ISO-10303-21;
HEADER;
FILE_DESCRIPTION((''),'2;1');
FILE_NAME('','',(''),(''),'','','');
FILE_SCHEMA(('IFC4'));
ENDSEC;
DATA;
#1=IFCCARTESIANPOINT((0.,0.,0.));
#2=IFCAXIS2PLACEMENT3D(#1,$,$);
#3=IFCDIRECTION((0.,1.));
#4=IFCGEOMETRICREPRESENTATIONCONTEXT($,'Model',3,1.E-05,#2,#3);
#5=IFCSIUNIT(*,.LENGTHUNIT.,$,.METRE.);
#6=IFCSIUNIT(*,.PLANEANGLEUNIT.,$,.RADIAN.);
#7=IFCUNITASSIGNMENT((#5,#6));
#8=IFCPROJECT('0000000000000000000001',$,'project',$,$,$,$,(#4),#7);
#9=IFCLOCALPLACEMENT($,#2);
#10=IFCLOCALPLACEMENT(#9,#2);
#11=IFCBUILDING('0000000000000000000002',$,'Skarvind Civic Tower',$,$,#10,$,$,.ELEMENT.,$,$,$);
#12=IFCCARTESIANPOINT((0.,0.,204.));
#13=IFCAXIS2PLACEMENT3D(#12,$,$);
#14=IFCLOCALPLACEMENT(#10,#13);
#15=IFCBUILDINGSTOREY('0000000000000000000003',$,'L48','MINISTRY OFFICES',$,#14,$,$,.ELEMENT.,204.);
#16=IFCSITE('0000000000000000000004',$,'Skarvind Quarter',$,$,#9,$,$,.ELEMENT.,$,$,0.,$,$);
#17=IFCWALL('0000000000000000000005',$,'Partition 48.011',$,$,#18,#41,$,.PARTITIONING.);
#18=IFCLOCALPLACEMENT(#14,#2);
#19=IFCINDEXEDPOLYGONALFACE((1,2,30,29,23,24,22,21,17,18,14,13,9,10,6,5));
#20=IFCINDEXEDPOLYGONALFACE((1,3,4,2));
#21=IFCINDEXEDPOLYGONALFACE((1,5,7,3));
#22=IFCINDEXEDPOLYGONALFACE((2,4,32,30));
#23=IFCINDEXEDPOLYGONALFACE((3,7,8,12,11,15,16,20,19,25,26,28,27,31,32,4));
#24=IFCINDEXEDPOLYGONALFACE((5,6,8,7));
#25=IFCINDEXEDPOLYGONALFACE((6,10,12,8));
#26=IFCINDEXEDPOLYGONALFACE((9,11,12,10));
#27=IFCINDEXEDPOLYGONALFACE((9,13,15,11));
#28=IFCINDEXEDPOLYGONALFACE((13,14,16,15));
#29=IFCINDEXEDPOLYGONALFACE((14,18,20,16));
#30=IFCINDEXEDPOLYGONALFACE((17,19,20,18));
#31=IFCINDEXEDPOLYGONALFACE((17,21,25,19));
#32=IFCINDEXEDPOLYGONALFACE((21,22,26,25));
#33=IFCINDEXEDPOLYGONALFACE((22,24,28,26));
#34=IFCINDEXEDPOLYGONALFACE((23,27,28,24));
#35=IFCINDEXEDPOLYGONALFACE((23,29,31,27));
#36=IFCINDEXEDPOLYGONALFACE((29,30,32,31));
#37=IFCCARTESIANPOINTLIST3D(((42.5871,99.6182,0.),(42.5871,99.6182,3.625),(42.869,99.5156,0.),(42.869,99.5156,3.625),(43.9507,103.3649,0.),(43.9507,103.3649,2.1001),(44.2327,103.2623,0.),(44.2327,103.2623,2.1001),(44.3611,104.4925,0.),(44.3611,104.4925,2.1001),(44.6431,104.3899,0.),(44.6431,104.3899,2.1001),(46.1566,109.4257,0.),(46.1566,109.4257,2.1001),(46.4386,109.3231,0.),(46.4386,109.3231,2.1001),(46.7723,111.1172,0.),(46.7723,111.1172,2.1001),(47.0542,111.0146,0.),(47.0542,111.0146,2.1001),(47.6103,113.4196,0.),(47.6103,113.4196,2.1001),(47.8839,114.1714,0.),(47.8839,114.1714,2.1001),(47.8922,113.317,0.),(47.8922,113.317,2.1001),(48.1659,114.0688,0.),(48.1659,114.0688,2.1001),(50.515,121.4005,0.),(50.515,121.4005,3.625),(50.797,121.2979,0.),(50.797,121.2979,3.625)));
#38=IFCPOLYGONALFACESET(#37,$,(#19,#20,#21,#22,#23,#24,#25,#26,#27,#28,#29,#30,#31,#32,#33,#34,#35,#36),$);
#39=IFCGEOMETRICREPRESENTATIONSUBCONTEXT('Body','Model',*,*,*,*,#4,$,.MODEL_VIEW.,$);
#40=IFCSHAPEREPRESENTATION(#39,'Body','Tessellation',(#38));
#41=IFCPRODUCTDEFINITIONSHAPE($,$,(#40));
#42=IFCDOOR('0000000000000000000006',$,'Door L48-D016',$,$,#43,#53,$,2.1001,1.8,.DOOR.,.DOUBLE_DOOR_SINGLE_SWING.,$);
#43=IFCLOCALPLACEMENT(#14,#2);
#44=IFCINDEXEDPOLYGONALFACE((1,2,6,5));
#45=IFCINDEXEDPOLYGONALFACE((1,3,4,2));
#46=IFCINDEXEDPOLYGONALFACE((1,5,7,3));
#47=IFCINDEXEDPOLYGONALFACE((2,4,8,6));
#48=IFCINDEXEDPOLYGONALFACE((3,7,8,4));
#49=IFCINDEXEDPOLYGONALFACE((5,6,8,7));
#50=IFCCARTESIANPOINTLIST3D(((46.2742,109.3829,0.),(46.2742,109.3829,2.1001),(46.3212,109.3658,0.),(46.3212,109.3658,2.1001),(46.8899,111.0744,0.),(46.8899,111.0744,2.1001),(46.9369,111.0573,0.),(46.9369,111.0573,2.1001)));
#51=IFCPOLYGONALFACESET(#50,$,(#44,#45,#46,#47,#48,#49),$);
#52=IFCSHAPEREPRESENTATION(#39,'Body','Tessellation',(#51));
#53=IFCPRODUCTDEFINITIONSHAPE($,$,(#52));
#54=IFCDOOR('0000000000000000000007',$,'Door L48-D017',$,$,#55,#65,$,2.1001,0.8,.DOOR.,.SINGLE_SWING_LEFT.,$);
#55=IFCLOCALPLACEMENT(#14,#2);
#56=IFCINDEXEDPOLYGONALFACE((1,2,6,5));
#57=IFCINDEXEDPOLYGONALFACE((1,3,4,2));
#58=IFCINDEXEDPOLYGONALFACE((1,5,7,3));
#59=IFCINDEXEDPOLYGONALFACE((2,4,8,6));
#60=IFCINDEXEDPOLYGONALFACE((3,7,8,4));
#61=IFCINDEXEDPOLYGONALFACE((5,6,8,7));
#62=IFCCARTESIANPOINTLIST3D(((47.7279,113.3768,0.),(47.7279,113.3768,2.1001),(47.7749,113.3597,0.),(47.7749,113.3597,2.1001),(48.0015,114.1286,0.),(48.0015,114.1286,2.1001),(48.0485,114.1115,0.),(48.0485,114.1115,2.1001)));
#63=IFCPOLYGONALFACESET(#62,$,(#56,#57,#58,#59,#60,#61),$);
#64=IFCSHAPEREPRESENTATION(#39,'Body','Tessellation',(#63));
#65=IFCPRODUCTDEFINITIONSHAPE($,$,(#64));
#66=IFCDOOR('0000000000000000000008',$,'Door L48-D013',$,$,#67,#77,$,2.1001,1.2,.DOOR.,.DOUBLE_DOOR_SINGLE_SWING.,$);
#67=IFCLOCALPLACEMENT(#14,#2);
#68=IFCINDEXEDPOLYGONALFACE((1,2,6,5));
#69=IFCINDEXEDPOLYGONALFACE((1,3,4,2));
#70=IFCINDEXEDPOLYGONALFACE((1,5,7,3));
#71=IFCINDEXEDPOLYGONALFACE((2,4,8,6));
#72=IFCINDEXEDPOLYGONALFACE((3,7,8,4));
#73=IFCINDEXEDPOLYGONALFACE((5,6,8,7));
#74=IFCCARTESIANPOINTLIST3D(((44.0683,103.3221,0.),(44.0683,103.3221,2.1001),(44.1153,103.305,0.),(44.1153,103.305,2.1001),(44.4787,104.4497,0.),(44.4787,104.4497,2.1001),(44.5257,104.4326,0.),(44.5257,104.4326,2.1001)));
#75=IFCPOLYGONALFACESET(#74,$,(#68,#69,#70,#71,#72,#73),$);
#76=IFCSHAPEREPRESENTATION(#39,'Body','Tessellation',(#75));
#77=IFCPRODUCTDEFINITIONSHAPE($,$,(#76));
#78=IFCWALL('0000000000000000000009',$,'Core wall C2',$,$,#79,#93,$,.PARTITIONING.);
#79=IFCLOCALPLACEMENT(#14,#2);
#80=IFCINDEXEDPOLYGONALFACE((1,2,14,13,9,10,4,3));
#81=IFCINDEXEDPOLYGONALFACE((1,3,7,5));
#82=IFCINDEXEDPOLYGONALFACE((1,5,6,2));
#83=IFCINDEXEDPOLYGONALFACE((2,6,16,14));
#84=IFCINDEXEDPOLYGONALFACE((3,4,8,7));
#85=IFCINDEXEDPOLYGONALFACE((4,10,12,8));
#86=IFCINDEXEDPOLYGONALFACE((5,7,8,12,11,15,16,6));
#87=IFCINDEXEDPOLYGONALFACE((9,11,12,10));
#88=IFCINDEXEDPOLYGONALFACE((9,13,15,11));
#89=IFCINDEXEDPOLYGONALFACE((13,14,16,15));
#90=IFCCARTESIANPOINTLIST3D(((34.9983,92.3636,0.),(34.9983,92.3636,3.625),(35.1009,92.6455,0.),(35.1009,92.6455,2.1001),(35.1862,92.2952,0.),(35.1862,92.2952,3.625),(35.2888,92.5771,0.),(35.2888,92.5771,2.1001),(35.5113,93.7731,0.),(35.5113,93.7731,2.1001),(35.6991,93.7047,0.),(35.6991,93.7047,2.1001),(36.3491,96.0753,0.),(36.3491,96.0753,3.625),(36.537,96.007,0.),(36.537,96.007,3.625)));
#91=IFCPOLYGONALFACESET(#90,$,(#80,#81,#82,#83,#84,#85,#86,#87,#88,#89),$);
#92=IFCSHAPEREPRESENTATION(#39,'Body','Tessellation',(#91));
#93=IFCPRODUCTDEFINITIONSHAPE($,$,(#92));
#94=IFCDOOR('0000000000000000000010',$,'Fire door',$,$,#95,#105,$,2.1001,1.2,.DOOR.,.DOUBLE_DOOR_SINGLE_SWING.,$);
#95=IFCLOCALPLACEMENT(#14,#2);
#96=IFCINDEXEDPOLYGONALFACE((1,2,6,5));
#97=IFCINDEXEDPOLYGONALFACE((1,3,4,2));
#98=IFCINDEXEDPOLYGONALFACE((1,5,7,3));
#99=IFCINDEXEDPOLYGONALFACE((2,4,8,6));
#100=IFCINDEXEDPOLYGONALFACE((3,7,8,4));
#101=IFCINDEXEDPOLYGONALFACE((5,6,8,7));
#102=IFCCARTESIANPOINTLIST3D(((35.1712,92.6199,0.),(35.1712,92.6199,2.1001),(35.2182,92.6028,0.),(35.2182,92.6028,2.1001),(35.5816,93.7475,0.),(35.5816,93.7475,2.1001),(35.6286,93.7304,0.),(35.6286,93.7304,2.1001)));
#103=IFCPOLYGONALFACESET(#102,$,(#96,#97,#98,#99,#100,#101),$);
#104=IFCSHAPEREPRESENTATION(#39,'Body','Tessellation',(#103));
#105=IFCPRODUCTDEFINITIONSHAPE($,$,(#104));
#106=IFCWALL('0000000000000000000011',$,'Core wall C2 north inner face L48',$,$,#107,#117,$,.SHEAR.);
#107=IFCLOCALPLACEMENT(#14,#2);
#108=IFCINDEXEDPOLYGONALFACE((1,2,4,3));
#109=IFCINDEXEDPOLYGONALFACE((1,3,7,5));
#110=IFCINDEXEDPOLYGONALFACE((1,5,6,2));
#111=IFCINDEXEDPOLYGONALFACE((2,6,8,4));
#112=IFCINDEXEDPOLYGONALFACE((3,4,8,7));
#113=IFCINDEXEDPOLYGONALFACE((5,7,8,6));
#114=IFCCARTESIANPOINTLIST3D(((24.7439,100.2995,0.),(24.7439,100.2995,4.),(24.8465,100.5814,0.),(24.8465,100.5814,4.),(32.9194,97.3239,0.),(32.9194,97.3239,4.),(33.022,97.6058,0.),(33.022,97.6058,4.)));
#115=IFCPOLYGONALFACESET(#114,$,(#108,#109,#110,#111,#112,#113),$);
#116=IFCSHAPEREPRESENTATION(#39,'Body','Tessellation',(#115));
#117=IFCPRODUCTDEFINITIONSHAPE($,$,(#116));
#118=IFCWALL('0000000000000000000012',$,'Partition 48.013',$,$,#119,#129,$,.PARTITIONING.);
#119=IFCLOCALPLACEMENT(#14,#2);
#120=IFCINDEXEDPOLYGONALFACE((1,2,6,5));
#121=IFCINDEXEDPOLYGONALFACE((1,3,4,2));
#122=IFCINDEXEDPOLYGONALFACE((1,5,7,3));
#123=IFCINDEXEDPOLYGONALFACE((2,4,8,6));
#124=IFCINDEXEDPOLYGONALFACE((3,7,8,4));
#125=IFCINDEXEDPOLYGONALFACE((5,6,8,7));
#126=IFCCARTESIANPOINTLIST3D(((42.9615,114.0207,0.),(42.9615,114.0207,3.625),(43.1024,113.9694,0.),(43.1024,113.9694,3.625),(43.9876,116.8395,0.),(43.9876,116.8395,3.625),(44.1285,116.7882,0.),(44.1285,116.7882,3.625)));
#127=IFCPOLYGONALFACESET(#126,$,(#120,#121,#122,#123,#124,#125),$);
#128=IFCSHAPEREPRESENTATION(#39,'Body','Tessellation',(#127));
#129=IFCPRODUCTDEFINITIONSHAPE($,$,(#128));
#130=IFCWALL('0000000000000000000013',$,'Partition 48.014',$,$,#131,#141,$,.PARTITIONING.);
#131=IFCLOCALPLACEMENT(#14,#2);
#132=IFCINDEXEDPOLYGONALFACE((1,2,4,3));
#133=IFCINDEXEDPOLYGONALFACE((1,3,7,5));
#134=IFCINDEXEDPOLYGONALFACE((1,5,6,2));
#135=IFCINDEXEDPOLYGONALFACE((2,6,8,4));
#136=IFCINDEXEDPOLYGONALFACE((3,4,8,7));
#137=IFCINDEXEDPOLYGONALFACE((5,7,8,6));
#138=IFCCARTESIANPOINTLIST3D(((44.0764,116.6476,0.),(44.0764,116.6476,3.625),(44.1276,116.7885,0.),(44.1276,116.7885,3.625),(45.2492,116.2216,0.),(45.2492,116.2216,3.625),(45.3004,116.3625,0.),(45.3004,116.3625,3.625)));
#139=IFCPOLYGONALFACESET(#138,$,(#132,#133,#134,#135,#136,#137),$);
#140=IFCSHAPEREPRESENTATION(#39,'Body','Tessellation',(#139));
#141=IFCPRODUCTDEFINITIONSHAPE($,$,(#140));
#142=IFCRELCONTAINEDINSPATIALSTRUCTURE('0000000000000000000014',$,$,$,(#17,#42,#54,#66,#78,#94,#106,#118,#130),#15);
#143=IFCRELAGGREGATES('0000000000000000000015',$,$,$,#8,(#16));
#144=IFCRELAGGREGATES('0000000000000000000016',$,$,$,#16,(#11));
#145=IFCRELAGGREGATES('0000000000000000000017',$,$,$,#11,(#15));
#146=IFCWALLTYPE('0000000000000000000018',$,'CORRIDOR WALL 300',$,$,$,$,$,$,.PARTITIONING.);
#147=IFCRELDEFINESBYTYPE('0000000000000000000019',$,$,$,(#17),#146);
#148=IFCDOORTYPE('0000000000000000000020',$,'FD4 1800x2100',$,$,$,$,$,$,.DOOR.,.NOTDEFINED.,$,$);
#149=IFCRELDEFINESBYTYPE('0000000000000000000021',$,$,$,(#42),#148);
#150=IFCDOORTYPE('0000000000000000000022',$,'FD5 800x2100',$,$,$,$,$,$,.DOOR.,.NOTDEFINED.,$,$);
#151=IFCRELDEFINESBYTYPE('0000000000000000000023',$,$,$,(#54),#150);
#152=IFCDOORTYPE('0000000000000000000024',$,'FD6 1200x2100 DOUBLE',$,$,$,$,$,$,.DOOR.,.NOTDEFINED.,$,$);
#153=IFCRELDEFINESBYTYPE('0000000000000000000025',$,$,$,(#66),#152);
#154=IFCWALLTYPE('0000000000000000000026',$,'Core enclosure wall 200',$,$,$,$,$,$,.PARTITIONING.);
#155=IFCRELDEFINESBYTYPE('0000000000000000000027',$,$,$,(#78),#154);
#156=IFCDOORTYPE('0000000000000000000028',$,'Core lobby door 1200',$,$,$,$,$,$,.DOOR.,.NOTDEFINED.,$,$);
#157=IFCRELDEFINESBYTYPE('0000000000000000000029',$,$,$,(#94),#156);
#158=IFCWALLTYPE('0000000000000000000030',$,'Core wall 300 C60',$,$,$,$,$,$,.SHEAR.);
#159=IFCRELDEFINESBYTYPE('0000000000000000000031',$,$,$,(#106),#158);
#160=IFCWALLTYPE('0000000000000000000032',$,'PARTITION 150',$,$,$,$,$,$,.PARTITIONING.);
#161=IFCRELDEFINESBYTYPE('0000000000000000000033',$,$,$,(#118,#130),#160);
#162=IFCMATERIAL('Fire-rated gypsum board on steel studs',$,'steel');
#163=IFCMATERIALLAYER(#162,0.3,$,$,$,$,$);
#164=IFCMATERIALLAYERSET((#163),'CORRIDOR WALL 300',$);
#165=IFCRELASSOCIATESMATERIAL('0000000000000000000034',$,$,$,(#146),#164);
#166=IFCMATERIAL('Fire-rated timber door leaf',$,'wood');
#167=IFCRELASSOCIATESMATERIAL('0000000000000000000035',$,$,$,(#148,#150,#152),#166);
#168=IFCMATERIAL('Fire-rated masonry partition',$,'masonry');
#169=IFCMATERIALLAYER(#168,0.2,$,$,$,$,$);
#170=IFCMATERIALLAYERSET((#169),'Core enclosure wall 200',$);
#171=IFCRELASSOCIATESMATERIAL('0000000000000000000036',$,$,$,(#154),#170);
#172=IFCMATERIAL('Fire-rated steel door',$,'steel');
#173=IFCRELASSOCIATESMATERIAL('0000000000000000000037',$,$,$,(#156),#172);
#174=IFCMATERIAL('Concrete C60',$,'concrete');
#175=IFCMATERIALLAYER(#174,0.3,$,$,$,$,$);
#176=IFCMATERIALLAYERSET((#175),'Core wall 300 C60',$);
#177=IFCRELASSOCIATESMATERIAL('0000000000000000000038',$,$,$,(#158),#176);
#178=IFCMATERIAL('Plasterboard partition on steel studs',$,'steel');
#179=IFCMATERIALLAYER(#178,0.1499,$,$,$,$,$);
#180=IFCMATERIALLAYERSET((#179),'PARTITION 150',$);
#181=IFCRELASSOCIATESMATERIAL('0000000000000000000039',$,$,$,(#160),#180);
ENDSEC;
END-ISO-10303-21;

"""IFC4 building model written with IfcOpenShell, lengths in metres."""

from ifc_helpers import new_model, si_unit, direction, frame, frame_2d, origin, place, context, subcontext, project, spatial, rectangle, extrude, material, layer, layer_set, type_object, element, fill, save


model = new_model("IFC4")

# Units and contexts
model_context = context("Model", 3, precision=1e-05, world=origin(), true_north=direction((0.0, 1.0)))
body_context = subcontext(model_context, "Body", "Model", "MODEL_VIEW")
ifc_project = project(units=[si_unit("LENGTHUNIT", "METRE"), si_unit("PLANEANGLEUNIT", "RADIAN")], contexts=[model_context])

# Site, building, storey
site_placement = place(None, origin())
site = spatial("IfcSite", under=ifc_project, at=site_placement, Name="Skarvind Quarter", CompositionType="ELEMENT", RefElevation=0.0)
building_placement = place(site_placement, origin())
building = spatial("IfcBuilding", under=site, at=building_placement, Name="Skarvind Civic Tower", CompositionType="ELEMENT")
storey_placement = place(building_placement, frame((0.0, 0.0, 204.0)))
storey = spatial("IfcBuildingStorey", under=building, at=storey_placement, Name="L48", Description="MINISTRY OFFICES", CompositionType="ELEMENT", Elevation=204.0)

# Shared definitions
ifc_material_1 = material(Name="Concrete C60", Category="concrete")

# Wall, openings, doors
ifc_material_2 = material(Name="Fire-rated gypsum board on steel studs", Category="steel")
ifc_layer_1 = layer(ifc_material_2, 0.3)
ifc_layer_set_1 = layer_set([ifc_layer_1], Name="CORRIDOR WALL 300")
wall_type_1 = type_object("IfcWallType", Name="CORRIDOR WALL 300", PredefinedType="PARTITIONING", material=ifc_layer_set_1)
wall_1_placement = place(storey_placement, frame((42.728, 99.5669, 0.0), z_axis=(0.0, 0.0, 1.0), x_axis=(0.342016, 0.939694, 0.0)))
wall_1 = element("IfcWall", 1, at=wall_1_placement, inside=storey, type_object=wall_type_1, Name="Partition 48.011", PredefinedType="PARTITIONING", context=body_context, shape_type="SweptSolid", body=[
    extrude(rectangle(XDim=23.1802, YDim=0.3, at=frame_2d((11.5901, 0.0))), origin(), (0.0, 0.0, 1.0), 3.625),
])
opening_1_placement = place(wall_1_placement, frame((3.9871, 0.0, 0.0)))
opening_1 = element("IfcOpeningElement", 2, at=opening_1_placement, cuts=wall_1, PredefinedType="OPENING", context=body_context, shape_type="SweptSolid", body=[
    extrude(rectangle(XDim=1.2, YDim=2.1001, at=frame_2d((0.6001, 1.05))), frame((0.0, 0.1599, 0.0), z_axis=(0.0, -1.0, 0.0), x_axis=(1.0, 0.0, 0.0)), (0.0, 0.0, 1.0), 0.3201),
])
opening_2_placement = place(wall_1_placement, frame((10.437, 0.0, 0.0)))
opening_2 = element("IfcOpeningElement", 3, at=opening_2_placement, cuts=wall_1, PredefinedType="OPENING", context=body_context, shape_type="SweptSolid", body=[
    extrude(rectangle(XDim=1.8, YDim=2.1001, at=frame_2d((0.8999, 1.05))), frame((0.0, 0.1599, 0.0), z_axis=(0.0, -1.0, 0.0), x_axis=(1.0, 0.0, 0.0)), (0.0, 0.0, 1.0), 0.3201),
])
opening_3_placement = place(wall_1_placement, frame((14.6873, 0.0, 0.0)))
opening_3 = element("IfcOpeningElement", 4, at=opening_3_placement, cuts=wall_1, PredefinedType="OPENING", context=body_context, shape_type="SweptSolid", body=[
    extrude(rectangle(XDim=0.8, YDim=2.1001, at=frame_2d((0.3999, 1.05))), frame((0.0, 0.1599, 0.0), z_axis=(0.0, -1.0, 0.0), x_axis=(1.0, 0.0, 0.0)), (0.0, 0.0, 1.0), 0.3201),
])
ifc_material_3 = material(Name="Fire-rated timber door leaf", Category="wood")
door_type_1 = type_object("IfcDoorType", Name="FD4 1800x2100", OperationType="NOTDEFINED", PredefinedType="DOOR", material=ifc_material_3)
door_1_placement = place(opening_2_placement, origin())
door_1 = element("IfcDoor", 5, at=door_1_placement, inside=storey, type_object=door_type_1, Name="Door L48-D016", OperationType="DOUBLE_DOOR_SINGLE_SWING", OverallHeight=2.1001, OverallWidth=1.8, PredefinedType="DOOR", context=body_context, shape_type="SweptSolid", body=[
    extrude(rectangle(XDim=1.8, YDim=2.1001, at=frame_2d((0.8999, 1.05))), frame((0.0, 0.0249, 0.0), z_axis=(0.0, -1.0, 0.0), x_axis=(1.0, 0.0, 0.0)), (0.0, 0.0, 1.0), 0.05),
])
fill(opening_2, door_1)
door_type_2 = type_object("IfcDoorType", Name="FD5 800x2100", OperationType="NOTDEFINED", PredefinedType="DOOR", material=ifc_material_3)
door_2_placement = place(opening_3_placement, origin())
door_2 = element("IfcDoor", 6, at=door_2_placement, inside=storey, type_object=door_type_2, Name="Door L48-D017", OperationType="SINGLE_SWING_LEFT", OverallHeight=2.1001, OverallWidth=0.8, PredefinedType="DOOR", context=body_context, shape_type="SweptSolid", body=[
    extrude(rectangle(XDim=0.8, YDim=2.1001, at=frame_2d((0.3999, 1.05))), frame((0.0, 0.0249, 0.0), z_axis=(0.0, -1.0, 0.0), x_axis=(1.0, 0.0, 0.0)), (0.0, 0.0, 1.0), 0.05),
])
fill(opening_3, door_2)
door_type_3 = type_object("IfcDoorType", Name="FD6 1200x2100 DOUBLE", OperationType="NOTDEFINED", PredefinedType="DOOR", material=ifc_material_3)
door_3_placement = place(opening_1_placement, origin())
door_3 = element("IfcDoor", 7, at=door_3_placement, inside=storey, type_object=door_type_3, Name="Door L48-D013", OperationType="DOUBLE_DOOR_SINGLE_SWING", OverallHeight=2.1001, OverallWidth=1.2, PredefinedType="DOOR", context=body_context, shape_type="SweptSolid", body=[
    extrude(rectangle(XDim=1.2, YDim=2.1001, at=frame_2d((0.6001, 1.05))), frame((0.0, 0.0249, 0.0), z_axis=(0.0, -1.0, 0.0), x_axis=(1.0, 0.0, 0.0)), (0.0, 0.0, 1.0), 0.05),
])
fill(opening_1, door_3)

# Wall, opening, door
ifc_material_4 = material(Name="Fire-rated masonry partition", Category="masonry")
ifc_layer_2 = layer(ifc_material_4, 0.2)
ifc_layer_set_2 = layer_set([ifc_layer_2], Name="Core enclosure wall 200")
wall_type_2 = type_object("IfcWallType", Name="Core enclosure wall 200", PredefinedType="PARTITIONING", material=ifc_layer_set_2)
wall_2_placement = place(storey_placement, frame((36.4431, 96.0413, 0.0), z_axis=(0.0, 0.0, 1.0), x_axis=(-0.341996, -0.939701, 0.0)))
wall_2 = element("IfcWall", 8, at=wall_2_placement, inside=storey, type_object=wall_type_2, Name="Core wall C2", PredefinedType="PARTITIONING", context=body_context, shape_type="SweptSolid", body=[
    extrude(rectangle(XDim=3.95, YDim=0.2, at=frame_2d((1.9751, 0.0))), origin(), (0.0, 0.0, 1.0), 3.625),
])
opening_4_placement = place(wall_2_placement, frame((2.45, 0.0, 0.0)))
opening_4 = element("IfcOpeningElement", 9, at=opening_4_placement, cuts=wall_2, PredefinedType="OPENING", context=body_context, shape_type="SweptSolid", body=[
    extrude(rectangle(XDim=1.2, YDim=2.1001, at=frame_2d((0.6001, 1.05))), frame((0.0, 0.1099, 0.0), z_axis=(0.0, -1.0, 0.0), x_axis=(1.0, 0.0, 0.0)), (0.0, 0.0, 1.0), 0.22),
])
ifc_material_5 = material(Name="Fire-rated steel door", Category="steel")
door_type_4 = type_object("IfcDoorType", Name="Core lobby door 1200", OperationType="NOTDEFINED", PredefinedType="DOOR", material=ifc_material_5)
door_4_placement = place(opening_4_placement, origin())
door_4 = element("IfcDoor", 10, at=door_4_placement, inside=storey, type_object=door_type_4, Name="Fire door", OperationType="DOUBLE_DOOR_SINGLE_SWING", OverallHeight=2.1001, OverallWidth=1.2, PredefinedType="DOOR", context=body_context, shape_type="SweptSolid", body=[
    extrude(rectangle(XDim=1.2, YDim=2.1001, at=frame_2d((0.6001, 1.05))), frame((0.0, 0.0249, 0.0), z_axis=(0.0, -1.0, 0.0), x_axis=(1.0, 0.0, 0.0)), (0.0, 0.0, 1.0), 0.05),
])
fill(opening_4, door_4)

# Walls
ifc_layer_3 = layer(ifc_material_1, 0.3)
ifc_layer_set_3 = layer_set([ifc_layer_3], Name="Core wall 300 C60")
wall_type_3 = type_object("IfcWallType", Name="Core wall 300 C60", PredefinedType="SHEAR", material=ifc_layer_set_3)
wall_3_placement = place(storey_placement, frame((32.9707, 97.4648, 0.0), z_axis=(0.0, 0.0, 1.0), x_axis=(-0.939695, 0.342013, 0.0)))
element("IfcWall", 11, at=wall_3_placement, inside=storey, type_object=wall_type_3, Name="Core wall C2 north inner face L48", PredefinedType="SHEAR", context=body_context, shape_type="SweptSolid", body=[
    extrude(rectangle(XDim=8.7002, YDim=0.3, at=frame_2d((4.3501, 0.0))), origin(), (0.0, 0.0, 1.0), 4.0),
])
ifc_material_6 = material(Name="Plasterboard partition on steel studs", Category="steel")
ifc_layer_4 = layer(ifc_material_6, 0.1499)
ifc_layer_set_4 = layer_set([ifc_layer_4], Name="PARTITION 150")
wall_type_4 = type_object("IfcWallType", Name="PARTITION 150", PredefinedType="PARTITIONING", material=ifc_layer_set_4)
wall_4_placement = place(storey_placement, frame((44.0581, 116.814, 0.0), z_axis=(0.0, 0.0, 1.0), x_axis=(-0.342063, -0.939677, 0.0)))
element("IfcWall", 12, at=wall_4_placement, inside=storey, type_object=wall_type_4, Name="Partition 48.013", PredefinedType="PARTITIONING", context=body_context, shape_type="SweptSolid", body=[
    extrude(rectangle(XDim=2.9998, YDim=0.1499, at=frame_2d((1.5, 0.0))), origin(), (0.0, 0.0, 1.0), 3.625),
])
wall_5_placement = place(storey_placement, frame((45.2749, 116.292, 0.0), z_axis=(0.0, 0.0, 1.0), x_axis=(-0.939913, 0.341413, 0.0)))
element("IfcWall", 13, at=wall_5_placement, inside=storey, type_object=wall_type_4, Name="Partition 48.014", PredefinedType="PARTITIONING", context=body_context, shape_type="SweptSolid", body=[
    extrude(rectangle(XDim=1.2478, YDim=0.1499, at=frame_2d((0.624, 0.0))), origin(), (0.0, 0.0, 1.0), 3.625),
])

save(model, "model.ifc")
